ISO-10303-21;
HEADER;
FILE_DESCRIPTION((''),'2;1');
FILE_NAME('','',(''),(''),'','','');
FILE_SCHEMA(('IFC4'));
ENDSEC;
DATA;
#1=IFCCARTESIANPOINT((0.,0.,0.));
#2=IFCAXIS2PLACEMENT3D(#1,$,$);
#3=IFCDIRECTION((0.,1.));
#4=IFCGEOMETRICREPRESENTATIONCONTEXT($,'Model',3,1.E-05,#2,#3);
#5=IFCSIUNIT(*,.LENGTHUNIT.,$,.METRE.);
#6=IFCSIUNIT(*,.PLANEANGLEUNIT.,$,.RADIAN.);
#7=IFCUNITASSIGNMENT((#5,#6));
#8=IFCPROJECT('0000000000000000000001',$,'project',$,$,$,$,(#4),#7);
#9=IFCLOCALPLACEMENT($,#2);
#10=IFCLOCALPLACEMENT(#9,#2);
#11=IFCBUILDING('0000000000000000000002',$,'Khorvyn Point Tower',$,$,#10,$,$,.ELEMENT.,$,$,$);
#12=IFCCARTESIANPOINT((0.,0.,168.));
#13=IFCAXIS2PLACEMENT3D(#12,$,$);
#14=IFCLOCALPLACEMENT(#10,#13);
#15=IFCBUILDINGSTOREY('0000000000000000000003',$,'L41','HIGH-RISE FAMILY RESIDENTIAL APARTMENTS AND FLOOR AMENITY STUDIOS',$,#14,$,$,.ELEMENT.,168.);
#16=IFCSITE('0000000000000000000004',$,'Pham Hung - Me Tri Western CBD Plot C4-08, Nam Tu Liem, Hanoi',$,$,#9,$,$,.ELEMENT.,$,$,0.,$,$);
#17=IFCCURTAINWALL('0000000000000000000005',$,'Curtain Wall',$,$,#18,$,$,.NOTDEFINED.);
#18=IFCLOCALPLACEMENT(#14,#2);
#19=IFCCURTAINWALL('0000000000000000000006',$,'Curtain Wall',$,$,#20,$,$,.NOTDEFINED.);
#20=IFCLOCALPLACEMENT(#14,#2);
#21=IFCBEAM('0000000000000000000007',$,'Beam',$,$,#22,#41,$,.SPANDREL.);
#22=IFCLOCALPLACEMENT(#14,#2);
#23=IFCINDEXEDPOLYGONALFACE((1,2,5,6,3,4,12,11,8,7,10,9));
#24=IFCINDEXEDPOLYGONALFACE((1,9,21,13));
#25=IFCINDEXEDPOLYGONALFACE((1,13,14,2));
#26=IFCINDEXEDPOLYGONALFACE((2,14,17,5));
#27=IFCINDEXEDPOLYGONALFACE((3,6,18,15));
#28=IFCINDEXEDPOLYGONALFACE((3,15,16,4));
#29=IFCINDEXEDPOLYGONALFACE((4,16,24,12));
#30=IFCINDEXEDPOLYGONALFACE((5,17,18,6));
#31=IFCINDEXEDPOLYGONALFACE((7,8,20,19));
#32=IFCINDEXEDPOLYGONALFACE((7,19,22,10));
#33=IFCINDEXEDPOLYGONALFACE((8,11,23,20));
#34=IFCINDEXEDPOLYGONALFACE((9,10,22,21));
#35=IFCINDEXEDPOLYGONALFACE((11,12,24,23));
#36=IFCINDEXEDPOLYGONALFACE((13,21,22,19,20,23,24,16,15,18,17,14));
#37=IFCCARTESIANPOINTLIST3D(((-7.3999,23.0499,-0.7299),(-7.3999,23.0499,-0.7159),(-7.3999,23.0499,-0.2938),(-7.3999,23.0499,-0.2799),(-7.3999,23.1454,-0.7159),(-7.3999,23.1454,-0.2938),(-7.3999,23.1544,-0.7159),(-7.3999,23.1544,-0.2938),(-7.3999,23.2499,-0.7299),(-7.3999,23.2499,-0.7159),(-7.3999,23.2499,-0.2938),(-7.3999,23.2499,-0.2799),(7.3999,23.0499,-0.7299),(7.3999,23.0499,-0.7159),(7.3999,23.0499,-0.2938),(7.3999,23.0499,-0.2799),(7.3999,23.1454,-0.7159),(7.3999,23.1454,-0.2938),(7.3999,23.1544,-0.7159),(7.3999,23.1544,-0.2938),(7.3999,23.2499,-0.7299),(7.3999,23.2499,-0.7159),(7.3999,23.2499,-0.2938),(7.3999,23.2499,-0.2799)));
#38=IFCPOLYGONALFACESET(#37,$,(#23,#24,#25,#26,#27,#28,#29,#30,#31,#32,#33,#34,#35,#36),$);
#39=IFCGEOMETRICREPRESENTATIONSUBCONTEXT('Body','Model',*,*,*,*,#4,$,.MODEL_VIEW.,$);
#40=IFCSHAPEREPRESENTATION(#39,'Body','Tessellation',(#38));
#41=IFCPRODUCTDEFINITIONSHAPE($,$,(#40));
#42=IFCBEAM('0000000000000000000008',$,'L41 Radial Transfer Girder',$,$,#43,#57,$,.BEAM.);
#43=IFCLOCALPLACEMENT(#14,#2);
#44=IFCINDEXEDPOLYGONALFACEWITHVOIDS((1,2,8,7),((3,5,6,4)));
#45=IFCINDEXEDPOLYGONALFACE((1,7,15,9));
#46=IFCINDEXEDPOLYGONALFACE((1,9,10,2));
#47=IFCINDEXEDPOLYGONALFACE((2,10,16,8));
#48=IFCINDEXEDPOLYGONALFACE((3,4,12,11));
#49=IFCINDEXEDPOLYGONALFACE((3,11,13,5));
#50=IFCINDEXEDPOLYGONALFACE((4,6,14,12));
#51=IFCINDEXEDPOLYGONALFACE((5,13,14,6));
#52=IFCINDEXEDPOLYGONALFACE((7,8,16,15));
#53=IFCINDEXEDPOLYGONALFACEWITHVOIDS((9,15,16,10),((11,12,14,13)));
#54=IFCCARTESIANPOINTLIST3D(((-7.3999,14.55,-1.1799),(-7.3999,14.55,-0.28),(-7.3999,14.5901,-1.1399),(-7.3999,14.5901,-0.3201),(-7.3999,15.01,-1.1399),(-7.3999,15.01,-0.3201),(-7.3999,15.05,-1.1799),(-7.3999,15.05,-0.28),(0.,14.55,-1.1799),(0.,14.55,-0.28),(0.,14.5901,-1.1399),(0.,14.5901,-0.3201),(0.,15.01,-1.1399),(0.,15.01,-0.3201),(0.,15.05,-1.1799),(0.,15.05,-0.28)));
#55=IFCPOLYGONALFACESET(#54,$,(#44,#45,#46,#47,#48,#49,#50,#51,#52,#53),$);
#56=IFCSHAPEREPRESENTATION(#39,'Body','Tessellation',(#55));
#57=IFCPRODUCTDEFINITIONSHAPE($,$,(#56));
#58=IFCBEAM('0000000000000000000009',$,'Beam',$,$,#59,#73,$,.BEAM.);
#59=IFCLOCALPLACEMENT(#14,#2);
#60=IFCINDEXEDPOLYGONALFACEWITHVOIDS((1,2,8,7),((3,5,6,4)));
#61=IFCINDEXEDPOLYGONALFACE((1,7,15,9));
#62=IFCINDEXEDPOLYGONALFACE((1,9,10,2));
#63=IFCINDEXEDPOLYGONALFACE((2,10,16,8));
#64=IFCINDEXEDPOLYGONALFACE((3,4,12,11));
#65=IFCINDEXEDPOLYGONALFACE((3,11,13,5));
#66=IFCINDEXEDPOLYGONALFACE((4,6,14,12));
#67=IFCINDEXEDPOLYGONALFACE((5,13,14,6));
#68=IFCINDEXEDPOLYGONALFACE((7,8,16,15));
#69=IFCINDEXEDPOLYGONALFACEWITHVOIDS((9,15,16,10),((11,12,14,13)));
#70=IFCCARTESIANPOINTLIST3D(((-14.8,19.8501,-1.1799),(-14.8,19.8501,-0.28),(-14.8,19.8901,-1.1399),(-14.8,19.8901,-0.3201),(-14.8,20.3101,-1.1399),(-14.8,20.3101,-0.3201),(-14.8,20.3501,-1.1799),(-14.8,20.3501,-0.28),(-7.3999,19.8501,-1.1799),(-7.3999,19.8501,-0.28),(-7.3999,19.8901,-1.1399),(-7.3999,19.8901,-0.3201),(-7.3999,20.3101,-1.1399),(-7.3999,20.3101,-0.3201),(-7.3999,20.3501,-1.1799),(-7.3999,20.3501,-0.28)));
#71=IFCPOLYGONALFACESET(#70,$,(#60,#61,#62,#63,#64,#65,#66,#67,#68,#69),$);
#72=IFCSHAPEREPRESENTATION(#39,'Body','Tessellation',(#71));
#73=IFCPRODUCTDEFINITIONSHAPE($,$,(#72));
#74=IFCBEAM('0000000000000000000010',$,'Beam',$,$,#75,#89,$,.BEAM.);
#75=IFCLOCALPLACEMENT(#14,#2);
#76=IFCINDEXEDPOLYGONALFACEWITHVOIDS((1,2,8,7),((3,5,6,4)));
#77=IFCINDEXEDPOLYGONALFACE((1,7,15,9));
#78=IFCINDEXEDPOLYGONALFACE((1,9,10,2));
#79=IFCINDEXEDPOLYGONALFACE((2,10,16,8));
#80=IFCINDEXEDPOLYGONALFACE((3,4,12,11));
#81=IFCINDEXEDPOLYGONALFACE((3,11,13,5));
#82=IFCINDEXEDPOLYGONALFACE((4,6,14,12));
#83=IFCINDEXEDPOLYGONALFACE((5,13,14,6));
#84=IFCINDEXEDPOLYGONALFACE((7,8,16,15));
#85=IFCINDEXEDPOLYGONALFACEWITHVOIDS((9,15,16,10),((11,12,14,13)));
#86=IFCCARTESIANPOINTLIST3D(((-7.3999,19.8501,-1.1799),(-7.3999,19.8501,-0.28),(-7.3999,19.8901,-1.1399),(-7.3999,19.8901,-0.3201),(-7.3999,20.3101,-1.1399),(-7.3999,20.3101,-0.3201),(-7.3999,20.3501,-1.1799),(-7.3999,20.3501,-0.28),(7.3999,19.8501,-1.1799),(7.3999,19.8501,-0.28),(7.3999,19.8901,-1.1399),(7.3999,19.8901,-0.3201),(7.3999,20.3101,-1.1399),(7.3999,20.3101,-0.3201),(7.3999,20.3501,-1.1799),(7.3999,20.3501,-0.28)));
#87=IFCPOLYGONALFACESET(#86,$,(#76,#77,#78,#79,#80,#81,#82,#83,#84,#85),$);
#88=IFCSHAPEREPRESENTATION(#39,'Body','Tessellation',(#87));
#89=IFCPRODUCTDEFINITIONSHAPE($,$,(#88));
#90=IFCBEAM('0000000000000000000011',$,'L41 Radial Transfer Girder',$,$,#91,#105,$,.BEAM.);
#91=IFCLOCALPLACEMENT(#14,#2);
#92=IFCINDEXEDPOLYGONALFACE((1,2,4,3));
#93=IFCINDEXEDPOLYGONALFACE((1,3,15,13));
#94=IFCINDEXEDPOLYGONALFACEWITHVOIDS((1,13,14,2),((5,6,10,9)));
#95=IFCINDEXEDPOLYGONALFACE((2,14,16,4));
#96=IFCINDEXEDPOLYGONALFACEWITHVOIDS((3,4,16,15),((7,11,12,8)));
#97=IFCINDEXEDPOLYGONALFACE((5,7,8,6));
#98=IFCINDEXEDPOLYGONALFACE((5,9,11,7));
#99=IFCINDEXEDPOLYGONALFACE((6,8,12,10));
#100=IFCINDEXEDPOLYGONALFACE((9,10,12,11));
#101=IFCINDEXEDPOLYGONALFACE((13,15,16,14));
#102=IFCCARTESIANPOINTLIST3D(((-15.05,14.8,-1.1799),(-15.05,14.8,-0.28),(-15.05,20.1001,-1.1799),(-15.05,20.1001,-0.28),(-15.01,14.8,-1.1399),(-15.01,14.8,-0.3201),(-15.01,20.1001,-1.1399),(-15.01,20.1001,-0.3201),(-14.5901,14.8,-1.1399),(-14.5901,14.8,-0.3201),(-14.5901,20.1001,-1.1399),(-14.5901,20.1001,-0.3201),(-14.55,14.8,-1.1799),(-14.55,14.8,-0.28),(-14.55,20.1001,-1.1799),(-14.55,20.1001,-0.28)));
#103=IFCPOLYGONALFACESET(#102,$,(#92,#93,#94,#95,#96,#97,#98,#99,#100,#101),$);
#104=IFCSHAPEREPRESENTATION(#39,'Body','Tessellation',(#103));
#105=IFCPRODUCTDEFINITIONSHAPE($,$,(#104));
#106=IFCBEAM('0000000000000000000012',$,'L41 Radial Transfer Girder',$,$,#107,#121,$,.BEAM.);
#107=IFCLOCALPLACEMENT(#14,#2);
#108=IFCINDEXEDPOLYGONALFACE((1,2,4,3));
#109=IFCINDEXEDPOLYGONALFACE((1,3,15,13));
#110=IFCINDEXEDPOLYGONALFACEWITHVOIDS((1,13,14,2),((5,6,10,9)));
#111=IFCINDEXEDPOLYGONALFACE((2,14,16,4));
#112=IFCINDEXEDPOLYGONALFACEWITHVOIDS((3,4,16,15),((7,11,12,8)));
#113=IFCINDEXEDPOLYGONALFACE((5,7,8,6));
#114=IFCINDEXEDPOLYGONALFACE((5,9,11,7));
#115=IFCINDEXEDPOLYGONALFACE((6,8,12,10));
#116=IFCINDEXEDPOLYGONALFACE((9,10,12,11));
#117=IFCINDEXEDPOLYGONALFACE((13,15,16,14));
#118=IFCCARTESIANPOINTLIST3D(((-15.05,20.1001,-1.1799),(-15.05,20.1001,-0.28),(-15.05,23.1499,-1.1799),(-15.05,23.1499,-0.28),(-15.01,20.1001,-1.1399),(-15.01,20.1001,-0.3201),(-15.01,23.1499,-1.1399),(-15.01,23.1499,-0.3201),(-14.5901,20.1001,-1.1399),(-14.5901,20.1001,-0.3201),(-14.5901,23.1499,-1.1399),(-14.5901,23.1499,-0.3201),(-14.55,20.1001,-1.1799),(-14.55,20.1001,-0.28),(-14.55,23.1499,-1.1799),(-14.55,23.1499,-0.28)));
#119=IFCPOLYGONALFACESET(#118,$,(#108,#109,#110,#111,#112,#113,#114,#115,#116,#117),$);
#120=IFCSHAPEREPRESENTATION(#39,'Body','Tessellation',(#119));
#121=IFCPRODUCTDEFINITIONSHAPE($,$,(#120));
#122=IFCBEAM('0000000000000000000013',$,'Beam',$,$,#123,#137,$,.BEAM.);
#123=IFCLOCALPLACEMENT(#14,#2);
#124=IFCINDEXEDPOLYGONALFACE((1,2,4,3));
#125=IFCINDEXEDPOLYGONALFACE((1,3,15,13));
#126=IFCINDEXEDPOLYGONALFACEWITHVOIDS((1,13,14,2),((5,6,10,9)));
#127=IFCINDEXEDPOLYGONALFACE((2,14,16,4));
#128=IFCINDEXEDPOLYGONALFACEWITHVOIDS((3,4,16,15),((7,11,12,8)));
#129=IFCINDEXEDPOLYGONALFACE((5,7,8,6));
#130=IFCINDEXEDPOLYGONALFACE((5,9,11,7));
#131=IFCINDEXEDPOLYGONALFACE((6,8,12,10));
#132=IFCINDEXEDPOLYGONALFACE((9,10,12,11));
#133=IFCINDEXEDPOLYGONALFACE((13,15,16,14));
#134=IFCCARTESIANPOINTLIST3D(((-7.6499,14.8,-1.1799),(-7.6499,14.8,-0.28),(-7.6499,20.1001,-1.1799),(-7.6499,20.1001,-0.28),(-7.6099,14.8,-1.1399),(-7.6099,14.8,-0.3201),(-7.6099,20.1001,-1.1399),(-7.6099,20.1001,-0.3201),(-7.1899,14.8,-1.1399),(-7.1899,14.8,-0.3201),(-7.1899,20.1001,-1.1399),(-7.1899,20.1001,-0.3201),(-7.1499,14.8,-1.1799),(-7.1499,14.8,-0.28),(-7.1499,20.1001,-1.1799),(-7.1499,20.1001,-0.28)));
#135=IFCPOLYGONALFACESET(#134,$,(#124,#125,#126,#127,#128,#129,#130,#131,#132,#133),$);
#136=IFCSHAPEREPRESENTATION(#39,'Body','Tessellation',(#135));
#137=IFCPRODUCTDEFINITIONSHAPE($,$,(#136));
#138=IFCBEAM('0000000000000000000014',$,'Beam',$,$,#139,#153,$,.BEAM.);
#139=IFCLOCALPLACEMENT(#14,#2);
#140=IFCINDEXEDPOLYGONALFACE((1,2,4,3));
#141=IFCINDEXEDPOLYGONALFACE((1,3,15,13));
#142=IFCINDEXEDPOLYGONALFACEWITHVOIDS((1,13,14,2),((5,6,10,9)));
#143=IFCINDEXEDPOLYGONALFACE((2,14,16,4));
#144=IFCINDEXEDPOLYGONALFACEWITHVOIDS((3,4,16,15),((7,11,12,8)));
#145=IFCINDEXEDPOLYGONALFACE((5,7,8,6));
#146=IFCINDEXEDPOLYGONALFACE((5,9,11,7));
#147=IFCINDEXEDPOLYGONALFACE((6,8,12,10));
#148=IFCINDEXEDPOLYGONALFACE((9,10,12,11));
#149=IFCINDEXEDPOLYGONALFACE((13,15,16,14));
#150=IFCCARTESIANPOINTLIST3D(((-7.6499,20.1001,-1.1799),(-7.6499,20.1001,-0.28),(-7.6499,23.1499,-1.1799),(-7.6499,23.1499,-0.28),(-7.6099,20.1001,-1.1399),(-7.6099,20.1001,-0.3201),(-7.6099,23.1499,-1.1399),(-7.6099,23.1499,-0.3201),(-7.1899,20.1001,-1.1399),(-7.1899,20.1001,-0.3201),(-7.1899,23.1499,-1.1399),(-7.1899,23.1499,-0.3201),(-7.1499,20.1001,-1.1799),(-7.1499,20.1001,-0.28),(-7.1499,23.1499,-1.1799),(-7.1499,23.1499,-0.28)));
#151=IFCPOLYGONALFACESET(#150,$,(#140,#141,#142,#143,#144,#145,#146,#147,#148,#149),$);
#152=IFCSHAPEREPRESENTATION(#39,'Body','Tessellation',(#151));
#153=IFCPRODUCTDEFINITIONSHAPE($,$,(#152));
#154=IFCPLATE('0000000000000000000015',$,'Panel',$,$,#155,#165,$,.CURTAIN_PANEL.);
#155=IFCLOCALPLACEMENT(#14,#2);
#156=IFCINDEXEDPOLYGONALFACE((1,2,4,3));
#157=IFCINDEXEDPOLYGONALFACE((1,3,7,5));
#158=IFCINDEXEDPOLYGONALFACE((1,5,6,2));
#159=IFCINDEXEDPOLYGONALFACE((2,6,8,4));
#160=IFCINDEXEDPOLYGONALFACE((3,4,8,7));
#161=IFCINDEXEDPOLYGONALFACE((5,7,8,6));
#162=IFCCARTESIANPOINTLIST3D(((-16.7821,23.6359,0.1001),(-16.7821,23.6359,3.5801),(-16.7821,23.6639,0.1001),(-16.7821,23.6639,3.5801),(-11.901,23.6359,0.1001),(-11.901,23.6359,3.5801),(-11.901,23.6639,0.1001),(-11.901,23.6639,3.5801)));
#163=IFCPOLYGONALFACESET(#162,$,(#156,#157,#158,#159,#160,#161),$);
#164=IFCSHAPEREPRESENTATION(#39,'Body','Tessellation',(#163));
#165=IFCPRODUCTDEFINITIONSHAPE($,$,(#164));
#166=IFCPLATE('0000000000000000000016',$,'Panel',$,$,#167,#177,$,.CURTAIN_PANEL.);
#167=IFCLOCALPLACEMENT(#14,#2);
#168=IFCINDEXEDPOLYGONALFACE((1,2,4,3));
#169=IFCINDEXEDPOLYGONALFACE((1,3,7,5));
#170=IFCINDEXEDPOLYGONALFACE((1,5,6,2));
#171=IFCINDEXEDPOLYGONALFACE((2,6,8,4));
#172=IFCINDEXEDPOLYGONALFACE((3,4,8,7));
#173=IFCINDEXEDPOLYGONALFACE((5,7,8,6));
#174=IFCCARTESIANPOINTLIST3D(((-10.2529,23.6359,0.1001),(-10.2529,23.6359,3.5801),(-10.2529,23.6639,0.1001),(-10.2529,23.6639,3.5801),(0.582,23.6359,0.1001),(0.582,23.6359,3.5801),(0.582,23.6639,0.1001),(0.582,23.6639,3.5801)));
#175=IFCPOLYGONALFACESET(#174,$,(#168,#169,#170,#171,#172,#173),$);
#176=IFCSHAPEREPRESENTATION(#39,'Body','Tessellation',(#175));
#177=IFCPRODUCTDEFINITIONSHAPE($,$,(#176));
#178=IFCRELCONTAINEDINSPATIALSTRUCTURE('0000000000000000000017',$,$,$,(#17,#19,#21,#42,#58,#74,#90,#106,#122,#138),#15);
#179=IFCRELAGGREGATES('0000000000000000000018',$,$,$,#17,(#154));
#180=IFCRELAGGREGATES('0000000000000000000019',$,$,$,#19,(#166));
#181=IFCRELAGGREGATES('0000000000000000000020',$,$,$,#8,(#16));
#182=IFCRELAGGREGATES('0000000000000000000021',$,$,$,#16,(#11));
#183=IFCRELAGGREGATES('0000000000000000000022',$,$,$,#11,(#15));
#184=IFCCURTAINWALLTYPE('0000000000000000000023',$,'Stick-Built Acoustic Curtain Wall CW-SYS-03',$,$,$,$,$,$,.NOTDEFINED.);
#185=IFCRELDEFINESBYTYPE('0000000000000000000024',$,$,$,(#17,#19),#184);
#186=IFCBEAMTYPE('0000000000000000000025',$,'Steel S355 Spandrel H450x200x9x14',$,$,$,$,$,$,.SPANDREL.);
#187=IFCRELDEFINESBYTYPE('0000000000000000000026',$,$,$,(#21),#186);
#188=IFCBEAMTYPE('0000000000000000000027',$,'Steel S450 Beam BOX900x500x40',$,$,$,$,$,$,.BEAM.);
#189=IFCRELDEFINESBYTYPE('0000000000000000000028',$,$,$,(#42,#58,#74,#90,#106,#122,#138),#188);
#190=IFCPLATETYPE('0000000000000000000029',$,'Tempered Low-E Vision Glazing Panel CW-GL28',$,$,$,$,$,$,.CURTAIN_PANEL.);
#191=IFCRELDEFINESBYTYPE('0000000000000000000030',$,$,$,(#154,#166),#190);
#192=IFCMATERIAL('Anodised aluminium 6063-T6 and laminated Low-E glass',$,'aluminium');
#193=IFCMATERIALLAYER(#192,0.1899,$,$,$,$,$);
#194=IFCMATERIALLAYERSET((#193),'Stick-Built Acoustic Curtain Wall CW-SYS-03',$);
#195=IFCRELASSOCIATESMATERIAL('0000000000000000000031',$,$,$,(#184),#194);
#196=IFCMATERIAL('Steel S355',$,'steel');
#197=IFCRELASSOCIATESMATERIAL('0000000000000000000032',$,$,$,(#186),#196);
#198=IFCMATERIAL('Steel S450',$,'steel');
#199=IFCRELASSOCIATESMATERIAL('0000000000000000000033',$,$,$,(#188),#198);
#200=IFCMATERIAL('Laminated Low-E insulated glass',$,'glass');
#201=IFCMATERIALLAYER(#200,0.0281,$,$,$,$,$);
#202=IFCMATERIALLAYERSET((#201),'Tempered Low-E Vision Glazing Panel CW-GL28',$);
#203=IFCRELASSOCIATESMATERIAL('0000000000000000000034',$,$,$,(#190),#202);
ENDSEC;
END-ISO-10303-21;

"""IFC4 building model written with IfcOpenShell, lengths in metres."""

from ifc_helpers import new_model, si_unit, direction, frame, origin, origin_2d, place, context, subcontext, project, spatial, rectangle, hollow_rectangle, i_section, extrude, material, layer, layer_set, material_profile, profile_set, type_object, element, aggregate, save


model = new_model("IFC4")

# Units and contexts
model_context = context("Model", 3, precision=1e-05, world=origin(), true_north=direction((0.0, 1.0)))
body_context = subcontext(model_context, "Body", "Model", "MODEL_VIEW")
ifc_project = project(units=[si_unit("LENGTHUNIT", "METRE"), si_unit("PLANEANGLEUNIT", "RADIAN")], contexts=[model_context])

# Site, building, storey
site_placement = place(None, origin())
site = spatial("IfcSite", under=ifc_project, at=site_placement, Name="Pham Hung - Me Tri Western CBD Plot C4-08, Nam Tu Liem, Hanoi", CompositionType="ELEMENT", RefElevation=0.0)
building_placement = place(site_placement, origin())
building = spatial("IfcBuilding", under=site, at=building_placement, Name="Khorvyn Point Tower", CompositionType="ELEMENT")
storey_placement = place(building_placement, frame((0.0, 0.0, 168.0)))
storey = spatial("IfcBuildingStorey", under=building, at=storey_placement, Name="L41", Description="HIGH-RISE FAMILY RESIDENTIAL APARTMENTS AND FLOOR AMENITY STUDIOS", CompositionType="ELEMENT", Elevation=168.0)

# Shared definitions
ifc_material_1 = material(Name="Steel S450", Category="steel")

# Curtain wall
ifc_material_2 = material(Name="Anodised aluminium 6063-T6 and laminated Low-E glass", Category="aluminium")
ifc_layer_1 = layer(ifc_material_2, 0.1899)
ifc_layer_set_1 = layer_set([ifc_layer_1], Name="Stick-Built Acoustic Curtain Wall CW-SYS-03")
curtain_wall_type = type_object("IfcCurtainWallType", Name="Stick-Built Acoustic Curtain Wall CW-SYS-03", PredefinedType="NOTDEFINED", material=ifc_layer_set_1)
curtain_wall_1_placement = place(storey_placement, origin())
curtain_wall_1 = element("IfcCurtainWall", 1, at=curtain_wall_1_placement, inside=storey, type_object=curtain_wall_type, Name="Curtain Wall", PredefinedType="NOTDEFINED")

# Curtain wall
curtain_wall_2_placement = place(storey_placement, origin())
curtain_wall_2 = element("IfcCurtainWall", 2, at=curtain_wall_2_placement, inside=storey, type_object=curtain_wall_type, Name="Curtain Wall", PredefinedType="NOTDEFINED")

# Beams
ifc_material_3 = material(Name="Steel S355", Category="steel")
ifc_material_profile_1 = material_profile(ifc_material_3, i_section(OverallWidth=0.2, OverallDepth=0.45, WebThickness=0.009, FlangeThickness=0.0139, at=origin_2d()))
ifc_profile_set_1 = profile_set([ifc_material_profile_1], Name="Steel S355 H450x200x9x14")
beam_type_1 = type_object("IfcBeamType", Name="Steel S355 Spandrel H450x200x9x14", PredefinedType="SPANDREL", material=ifc_profile_set_1)
beam_1_placement = place(storey_placement, frame((-7.3999, 23.1499, -0.5049), z_axis=(1.0, 0.0, 0.0), x_axis=(0.0, 1.0, 0.0)))
element("IfcBeam", 3, at=beam_1_placement, inside=storey, type_object=beam_type_1, Name="Beam", PredefinedType="SPANDREL", context=body_context, shape_type="SweptSolid", body=[
    extrude(i_section(OverallWidth=0.2, OverallDepth=0.45, WebThickness=0.009, FlangeThickness=0.0139, at=origin_2d()), origin(), (0.0, 0.0, 1.0), 14.7998),
])
ifc_material_profile_2 = material_profile(ifc_material_1, hollow_rectangle(XDim=0.5, YDim=0.8999, WallThickness=0.04, at=origin_2d()))
ifc_profile_set_2 = profile_set([ifc_material_profile_2], Name="Steel S450 BOX900x500x40")
beam_type_2 = type_object("IfcBeamType", Name="Steel S450 Beam BOX900x500x40", PredefinedType="BEAM", material=ifc_profile_set_2)
beam_2_placement = place(storey_placement, frame((-7.3999, 14.8, -0.73), z_axis=(1.0, 0.0, 0.0), x_axis=(0.0, 1.0, 0.0)))
element("IfcBeam", 4, at=beam_2_placement, inside=storey, type_object=beam_type_2, Name="L41 Radial Transfer Girder", PredefinedType="BEAM", context=body_context, shape_type="SweptSolid", body=[
    extrude(hollow_rectangle(XDim=0.5, YDim=0.8999, WallThickness=0.04, at=origin_2d()), origin(), (0.0, 0.0, 1.0), 7.3999),
])
beam_3_placement = place(storey_placement, frame((-14.8, 20.1001, -0.73), z_axis=(1.0, 0.0, 0.0), x_axis=(0.0, 1.0, 0.0)))
element("IfcBeam", 5, at=beam_3_placement, inside=storey, type_object=beam_type_2, Name="Beam", PredefinedType="BEAM", context=body_context, shape_type="SweptSolid", body=[
    extrude(hollow_rectangle(XDim=0.5, YDim=0.8999, WallThickness=0.04, at=origin_2d()), origin(), (0.0, 0.0, 1.0), 7.4001),
])
beam_4_placement = place(storey_placement, frame((-7.3999, 20.1001, -0.73), z_axis=(1.0, 0.0, 0.0), x_axis=(0.0, 1.0, 0.0)))
element("IfcBeam", 6, at=beam_4_placement, inside=storey, type_object=beam_type_2, Name="Beam", PredefinedType="BEAM", context=body_context, shape_type="SweptSolid", body=[
    extrude(hollow_rectangle(XDim=0.5, YDim=0.8999, WallThickness=0.04, at=origin_2d()), origin(), (0.0, 0.0, 1.0), 14.7998),
])
beam_5_placement = place(storey_placement, frame((-14.8, 14.8, -0.73), z_axis=(0.0, 1.0, 0.0), x_axis=(-1.0, 0.0, 0.0)))
element("IfcBeam", 7, at=beam_5_placement, inside=storey, type_object=beam_type_2, Name="L41 Radial Transfer Girder", PredefinedType="BEAM", context=body_context, shape_type="SweptSolid", body=[
    extrude(hollow_rectangle(XDim=0.5, YDim=0.8999, WallThickness=0.04, at=origin_2d()), origin(), (0.0, 0.0, 1.0), 5.3),
])
beam_6_placement = place(storey_placement, frame((-14.8, 20.1001, -0.73), z_axis=(0.0, 1.0, 0.0), x_axis=(-1.0, 0.0, 0.0)))
element("IfcBeam", 8, at=beam_6_placement, inside=storey, type_object=beam_type_2, Name="L41 Radial Transfer Girder", PredefinedType="BEAM", context=body_context, shape_type="SweptSolid", body=[
    extrude(hollow_rectangle(XDim=0.5, YDim=0.8999, WallThickness=0.04, at=origin_2d()), origin(), (0.0, 0.0, 1.0), 3.0498),
])
beam_7_placement = place(storey_placement, frame((-7.3999, 14.8, -0.73), z_axis=(0.0, 1.0, 0.0), x_axis=(-1.0, 0.0, 0.0)))
element("IfcBeam", 9, at=beam_7_placement, inside=storey, type_object=beam_type_2, Name="Beam", PredefinedType="BEAM", context=body_context, shape_type="SweptSolid", body=[
    extrude(hollow_rectangle(XDim=0.5, YDim=0.8999, WallThickness=0.04, at=origin_2d()), origin(), (0.0, 0.0, 1.0), 5.3),
])
beam_8_placement = place(storey_placement, frame((-7.3999, 20.1001, -0.73), z_axis=(0.0, 1.0, 0.0), x_axis=(-1.0, 0.0, 0.0)))
element("IfcBeam", 10, at=beam_8_placement, inside=storey, type_object=beam_type_2, Name="Beam", PredefinedType="BEAM", context=body_context, shape_type="SweptSolid", body=[
    extrude(hollow_rectangle(XDim=0.5, YDim=0.8999, WallThickness=0.04, at=origin_2d()), origin(), (0.0, 0.0, 1.0), 3.0498),
])

# Plates
ifc_material_4 = material(Name="Laminated Low-E insulated glass", Category="glass")
ifc_layer_2 = layer(ifc_material_4, 0.0281)
ifc_layer_set_2 = layer_set([ifc_layer_2], Name="Tempered Low-E Vision Glazing Panel CW-GL28")
plate_type = type_object("IfcPlateType", Name="Tempered Low-E Vision Glazing Panel CW-GL28", PredefinedType="CURTAIN_PANEL", material=ifc_layer_set_2)
plate_1_placement = place(storey_placement, frame((-14.3416, 23.6499, 0.1001), z_axis=(0.0, 0.0, 1.0), x_axis=(1.0, 0.0, 0.0)))
plate_1 = element("IfcPlate", 11, at=plate_1_placement, type_object=plate_type, Name="Panel", PredefinedType="CURTAIN_PANEL", context=body_context, shape_type="SweptSolid", body=[
    extrude(rectangle(XDim=4.8811, YDim=0.0281, at=origin_2d()), origin(), (0.0, 0.0, 1.0), 3.48),
])
aggregate(curtain_wall_1, [plate_1])
plate_2_placement = place(storey_placement, frame((-4.8354, 23.6499, 0.1001), z_axis=(0.0, 0.0, 1.0), x_axis=(1.0, 0.0, 0.0)))
plate_2 = element("IfcPlate", 12, at=plate_2_placement, type_object=plate_type, Name="Panel", PredefinedType="CURTAIN_PANEL", context=body_context, shape_type="SweptSolid", body=[
    extrude(rectangle(XDim=10.835, YDim=0.0281, at=origin_2d()), origin(), (0.0, 0.0, 1.0), 3.48),
])
aggregate(curtain_wall_2, [plate_2])

save(model, "model.ifc")
